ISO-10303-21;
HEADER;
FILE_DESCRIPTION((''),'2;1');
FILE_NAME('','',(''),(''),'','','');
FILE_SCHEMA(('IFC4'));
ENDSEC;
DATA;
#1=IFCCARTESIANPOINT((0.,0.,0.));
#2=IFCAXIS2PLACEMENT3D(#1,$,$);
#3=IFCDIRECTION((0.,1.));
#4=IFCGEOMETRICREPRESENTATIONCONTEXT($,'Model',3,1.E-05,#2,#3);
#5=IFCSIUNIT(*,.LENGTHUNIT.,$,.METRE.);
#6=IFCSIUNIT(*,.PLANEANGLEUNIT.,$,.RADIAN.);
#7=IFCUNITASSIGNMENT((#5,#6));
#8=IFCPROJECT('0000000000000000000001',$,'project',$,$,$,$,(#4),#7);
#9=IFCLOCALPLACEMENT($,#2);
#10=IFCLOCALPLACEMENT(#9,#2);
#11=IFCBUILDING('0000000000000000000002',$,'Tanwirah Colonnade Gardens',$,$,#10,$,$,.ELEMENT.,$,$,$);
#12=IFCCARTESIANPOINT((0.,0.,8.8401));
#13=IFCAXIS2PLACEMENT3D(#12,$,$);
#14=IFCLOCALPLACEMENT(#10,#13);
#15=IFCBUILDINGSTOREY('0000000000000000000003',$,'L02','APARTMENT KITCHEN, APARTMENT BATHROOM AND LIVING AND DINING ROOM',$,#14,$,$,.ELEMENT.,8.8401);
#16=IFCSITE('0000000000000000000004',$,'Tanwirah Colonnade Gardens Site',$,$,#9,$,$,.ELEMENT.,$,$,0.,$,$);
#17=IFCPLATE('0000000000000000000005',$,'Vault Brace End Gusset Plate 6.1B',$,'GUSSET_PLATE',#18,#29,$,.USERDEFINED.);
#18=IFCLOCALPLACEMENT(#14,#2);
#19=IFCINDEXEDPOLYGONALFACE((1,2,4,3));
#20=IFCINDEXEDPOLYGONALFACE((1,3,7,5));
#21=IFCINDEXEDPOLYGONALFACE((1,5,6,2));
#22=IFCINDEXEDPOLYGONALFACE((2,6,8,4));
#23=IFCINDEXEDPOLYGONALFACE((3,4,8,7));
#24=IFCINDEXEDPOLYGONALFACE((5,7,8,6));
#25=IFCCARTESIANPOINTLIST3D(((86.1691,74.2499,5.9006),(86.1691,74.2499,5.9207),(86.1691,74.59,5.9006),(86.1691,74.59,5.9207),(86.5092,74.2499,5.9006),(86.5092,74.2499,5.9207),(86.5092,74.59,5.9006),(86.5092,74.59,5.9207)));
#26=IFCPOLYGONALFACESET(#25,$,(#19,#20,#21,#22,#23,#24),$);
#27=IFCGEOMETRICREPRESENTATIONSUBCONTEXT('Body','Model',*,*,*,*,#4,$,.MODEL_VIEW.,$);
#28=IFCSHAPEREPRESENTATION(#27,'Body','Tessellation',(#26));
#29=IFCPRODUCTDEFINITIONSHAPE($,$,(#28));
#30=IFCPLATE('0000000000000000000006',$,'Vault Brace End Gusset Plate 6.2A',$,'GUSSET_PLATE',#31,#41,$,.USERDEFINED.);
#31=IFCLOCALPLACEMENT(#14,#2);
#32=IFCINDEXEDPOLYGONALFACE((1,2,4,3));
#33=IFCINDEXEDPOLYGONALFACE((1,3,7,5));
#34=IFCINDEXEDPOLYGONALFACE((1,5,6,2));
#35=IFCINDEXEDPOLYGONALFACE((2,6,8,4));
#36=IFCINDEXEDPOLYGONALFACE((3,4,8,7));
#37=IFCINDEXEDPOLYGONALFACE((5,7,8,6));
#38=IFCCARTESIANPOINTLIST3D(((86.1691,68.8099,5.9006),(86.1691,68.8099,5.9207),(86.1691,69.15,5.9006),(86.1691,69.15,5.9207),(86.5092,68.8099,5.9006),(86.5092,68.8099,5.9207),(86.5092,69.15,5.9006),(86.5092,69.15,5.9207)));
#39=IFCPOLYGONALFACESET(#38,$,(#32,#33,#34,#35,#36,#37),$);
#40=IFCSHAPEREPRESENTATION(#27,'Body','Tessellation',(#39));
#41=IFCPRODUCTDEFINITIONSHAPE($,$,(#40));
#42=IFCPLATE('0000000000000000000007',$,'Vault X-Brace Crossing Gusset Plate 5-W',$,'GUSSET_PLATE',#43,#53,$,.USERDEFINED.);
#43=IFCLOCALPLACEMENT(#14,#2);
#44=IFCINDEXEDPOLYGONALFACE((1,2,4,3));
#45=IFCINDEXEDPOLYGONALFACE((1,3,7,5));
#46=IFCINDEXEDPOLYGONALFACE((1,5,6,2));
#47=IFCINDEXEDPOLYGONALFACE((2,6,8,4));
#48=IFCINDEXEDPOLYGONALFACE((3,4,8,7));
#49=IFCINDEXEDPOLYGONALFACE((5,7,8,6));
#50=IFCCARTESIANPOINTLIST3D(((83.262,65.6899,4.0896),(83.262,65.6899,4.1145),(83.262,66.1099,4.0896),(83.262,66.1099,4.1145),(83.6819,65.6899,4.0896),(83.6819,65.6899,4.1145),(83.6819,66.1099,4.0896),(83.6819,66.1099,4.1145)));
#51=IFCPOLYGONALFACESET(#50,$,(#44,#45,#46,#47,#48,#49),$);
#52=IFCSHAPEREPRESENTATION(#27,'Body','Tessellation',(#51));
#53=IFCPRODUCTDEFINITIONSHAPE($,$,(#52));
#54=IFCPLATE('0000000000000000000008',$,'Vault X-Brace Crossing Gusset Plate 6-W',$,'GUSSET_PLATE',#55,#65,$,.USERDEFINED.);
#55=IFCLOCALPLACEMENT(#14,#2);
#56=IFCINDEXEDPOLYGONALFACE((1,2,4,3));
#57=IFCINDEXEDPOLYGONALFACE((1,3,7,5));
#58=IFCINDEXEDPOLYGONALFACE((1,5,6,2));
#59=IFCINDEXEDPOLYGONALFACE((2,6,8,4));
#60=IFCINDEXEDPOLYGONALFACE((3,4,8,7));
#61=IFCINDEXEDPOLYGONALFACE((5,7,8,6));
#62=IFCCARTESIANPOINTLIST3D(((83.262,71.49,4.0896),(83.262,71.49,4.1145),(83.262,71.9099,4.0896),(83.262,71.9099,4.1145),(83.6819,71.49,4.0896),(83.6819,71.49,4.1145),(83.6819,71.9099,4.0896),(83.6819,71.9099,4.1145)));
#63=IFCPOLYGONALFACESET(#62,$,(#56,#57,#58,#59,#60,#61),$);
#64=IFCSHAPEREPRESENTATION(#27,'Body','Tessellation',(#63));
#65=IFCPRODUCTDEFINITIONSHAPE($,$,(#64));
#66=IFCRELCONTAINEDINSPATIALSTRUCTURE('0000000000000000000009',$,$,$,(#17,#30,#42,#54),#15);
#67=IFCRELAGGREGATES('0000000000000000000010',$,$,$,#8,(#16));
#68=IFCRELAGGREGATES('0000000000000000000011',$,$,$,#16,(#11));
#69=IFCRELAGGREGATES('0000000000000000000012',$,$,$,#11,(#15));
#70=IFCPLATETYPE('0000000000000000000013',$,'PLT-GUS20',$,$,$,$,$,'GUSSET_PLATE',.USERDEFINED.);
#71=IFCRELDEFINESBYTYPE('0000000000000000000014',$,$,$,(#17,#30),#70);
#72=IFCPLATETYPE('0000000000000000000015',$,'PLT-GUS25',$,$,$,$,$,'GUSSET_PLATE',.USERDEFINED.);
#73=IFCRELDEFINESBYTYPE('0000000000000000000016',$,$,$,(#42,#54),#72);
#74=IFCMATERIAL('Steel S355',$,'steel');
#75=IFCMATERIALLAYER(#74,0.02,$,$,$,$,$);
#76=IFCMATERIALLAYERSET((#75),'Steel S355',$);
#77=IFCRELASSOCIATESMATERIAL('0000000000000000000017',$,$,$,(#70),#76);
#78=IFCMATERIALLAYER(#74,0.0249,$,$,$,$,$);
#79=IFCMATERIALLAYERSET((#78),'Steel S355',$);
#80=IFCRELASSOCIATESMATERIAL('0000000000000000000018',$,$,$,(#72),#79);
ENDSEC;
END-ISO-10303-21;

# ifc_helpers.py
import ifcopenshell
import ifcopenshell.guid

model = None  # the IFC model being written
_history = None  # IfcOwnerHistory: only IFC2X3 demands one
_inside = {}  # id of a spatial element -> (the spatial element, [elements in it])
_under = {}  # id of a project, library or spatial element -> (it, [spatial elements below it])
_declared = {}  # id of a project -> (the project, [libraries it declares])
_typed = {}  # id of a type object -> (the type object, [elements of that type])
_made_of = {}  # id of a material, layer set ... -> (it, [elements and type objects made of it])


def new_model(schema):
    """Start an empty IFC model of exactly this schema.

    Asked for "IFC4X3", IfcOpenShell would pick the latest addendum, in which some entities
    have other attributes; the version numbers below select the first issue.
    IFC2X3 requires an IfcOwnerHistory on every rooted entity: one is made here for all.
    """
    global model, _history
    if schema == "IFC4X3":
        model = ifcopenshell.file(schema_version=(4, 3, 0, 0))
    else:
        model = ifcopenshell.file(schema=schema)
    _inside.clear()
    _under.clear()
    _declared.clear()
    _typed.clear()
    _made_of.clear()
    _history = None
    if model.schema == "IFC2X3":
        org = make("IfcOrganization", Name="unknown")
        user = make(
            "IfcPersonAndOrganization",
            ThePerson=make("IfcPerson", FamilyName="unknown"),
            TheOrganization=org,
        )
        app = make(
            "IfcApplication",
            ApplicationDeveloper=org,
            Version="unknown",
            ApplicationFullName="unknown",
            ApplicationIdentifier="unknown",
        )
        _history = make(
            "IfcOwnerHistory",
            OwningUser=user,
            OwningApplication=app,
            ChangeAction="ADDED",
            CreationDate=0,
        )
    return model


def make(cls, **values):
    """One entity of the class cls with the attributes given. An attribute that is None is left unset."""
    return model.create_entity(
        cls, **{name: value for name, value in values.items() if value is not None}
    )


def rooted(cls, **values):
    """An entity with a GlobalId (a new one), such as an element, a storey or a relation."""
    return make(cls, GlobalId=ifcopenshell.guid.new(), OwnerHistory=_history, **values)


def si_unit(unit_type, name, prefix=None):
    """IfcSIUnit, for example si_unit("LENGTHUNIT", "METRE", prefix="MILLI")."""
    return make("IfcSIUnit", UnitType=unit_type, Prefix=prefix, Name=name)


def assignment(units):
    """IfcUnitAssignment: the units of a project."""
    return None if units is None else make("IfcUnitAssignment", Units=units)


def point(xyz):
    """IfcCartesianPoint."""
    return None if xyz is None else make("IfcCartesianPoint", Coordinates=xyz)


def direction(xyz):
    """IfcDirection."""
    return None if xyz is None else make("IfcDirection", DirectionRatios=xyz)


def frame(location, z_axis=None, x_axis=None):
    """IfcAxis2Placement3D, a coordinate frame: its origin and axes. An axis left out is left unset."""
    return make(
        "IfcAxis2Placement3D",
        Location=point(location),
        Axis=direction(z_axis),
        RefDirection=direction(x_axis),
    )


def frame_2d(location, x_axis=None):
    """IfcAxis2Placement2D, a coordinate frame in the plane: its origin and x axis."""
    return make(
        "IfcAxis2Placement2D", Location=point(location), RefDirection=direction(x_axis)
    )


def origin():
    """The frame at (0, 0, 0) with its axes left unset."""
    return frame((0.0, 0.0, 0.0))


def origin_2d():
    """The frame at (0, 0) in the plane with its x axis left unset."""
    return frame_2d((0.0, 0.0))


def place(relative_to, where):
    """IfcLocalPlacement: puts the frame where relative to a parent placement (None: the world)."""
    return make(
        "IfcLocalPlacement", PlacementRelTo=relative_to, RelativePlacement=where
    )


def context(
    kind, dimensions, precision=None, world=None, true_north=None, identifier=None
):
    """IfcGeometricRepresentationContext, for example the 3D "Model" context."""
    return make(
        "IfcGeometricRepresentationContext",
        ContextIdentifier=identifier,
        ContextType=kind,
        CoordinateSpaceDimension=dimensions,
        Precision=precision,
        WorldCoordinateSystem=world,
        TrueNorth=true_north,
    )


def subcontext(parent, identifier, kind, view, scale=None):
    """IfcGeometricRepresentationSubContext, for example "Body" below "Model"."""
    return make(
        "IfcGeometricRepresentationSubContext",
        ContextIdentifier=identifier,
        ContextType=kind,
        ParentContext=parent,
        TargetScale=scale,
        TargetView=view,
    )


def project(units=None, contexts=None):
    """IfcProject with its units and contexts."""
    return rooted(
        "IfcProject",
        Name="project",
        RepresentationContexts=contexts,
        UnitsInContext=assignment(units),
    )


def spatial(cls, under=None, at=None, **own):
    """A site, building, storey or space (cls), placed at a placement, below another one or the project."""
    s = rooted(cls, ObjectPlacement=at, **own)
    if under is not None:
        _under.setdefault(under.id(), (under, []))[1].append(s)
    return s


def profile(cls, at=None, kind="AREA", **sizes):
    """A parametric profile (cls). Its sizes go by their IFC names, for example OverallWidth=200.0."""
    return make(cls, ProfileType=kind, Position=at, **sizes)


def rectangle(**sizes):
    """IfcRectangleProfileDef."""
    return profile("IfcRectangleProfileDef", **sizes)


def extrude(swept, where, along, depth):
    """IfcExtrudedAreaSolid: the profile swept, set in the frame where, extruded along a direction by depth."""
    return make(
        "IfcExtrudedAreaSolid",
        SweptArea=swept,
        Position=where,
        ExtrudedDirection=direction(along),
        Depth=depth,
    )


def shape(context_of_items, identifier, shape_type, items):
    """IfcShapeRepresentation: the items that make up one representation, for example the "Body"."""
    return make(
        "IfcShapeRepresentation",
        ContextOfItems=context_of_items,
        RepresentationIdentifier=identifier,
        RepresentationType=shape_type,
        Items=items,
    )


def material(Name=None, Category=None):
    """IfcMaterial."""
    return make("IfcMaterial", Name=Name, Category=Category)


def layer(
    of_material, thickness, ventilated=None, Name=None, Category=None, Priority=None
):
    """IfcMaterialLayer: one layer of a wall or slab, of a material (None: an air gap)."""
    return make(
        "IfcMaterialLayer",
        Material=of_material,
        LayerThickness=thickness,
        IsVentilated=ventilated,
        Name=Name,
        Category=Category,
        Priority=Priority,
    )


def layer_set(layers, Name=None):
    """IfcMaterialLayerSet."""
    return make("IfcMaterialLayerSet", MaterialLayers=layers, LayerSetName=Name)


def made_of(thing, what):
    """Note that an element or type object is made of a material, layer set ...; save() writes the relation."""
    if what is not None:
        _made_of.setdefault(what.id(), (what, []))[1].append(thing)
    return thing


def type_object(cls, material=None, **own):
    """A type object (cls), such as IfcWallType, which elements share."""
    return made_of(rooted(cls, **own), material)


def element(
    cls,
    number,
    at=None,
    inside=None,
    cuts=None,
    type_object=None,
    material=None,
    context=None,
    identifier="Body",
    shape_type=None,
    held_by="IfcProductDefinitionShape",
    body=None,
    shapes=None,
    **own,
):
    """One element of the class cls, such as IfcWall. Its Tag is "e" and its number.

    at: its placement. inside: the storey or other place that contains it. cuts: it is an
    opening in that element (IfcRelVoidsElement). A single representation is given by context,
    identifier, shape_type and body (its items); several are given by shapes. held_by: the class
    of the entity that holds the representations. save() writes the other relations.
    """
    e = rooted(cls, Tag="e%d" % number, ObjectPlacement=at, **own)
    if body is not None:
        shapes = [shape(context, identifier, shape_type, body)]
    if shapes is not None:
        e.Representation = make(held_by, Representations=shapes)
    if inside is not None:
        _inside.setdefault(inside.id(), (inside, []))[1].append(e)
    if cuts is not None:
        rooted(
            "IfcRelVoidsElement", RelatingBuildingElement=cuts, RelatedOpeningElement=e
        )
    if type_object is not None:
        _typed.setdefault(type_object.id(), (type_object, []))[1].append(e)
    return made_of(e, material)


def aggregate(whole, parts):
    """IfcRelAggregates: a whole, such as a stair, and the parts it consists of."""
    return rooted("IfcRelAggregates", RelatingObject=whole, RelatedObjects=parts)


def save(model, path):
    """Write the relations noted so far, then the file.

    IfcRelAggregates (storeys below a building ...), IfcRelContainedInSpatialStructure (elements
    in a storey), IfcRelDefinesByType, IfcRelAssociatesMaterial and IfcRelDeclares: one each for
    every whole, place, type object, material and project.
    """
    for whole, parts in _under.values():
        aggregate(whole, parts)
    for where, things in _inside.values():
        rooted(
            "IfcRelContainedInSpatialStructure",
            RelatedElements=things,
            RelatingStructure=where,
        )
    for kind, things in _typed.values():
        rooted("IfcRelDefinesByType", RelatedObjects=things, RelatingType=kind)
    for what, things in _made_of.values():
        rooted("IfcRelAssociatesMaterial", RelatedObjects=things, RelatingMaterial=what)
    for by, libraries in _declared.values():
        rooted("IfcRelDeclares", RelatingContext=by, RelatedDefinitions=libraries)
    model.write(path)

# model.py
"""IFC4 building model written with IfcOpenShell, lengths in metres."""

from ifc_helpers import new_model, si_unit, direction, frame, origin, origin_2d, place, context, subcontext, project, spatial, rectangle, extrude, material, layer, layer_set, type_object, element, save


model = new_model("IFC4")

# Units and contexts
model_context = context("Model", 3, precision=1e-05, world=origin(), true_north=direction((0.0, 1.0)))
body_context = subcontext(model_context, "Body", "Model", "MODEL_VIEW")
ifc_project = project(units=[si_unit("LENGTHUNIT", "METRE"), si_unit("PLANEANGLEUNIT", "RADIAN")], contexts=[model_context])

# Site, building, storey
site_placement = place(None, origin())
site = spatial("IfcSite", under=ifc_project, at=site_placement, Name="Tanwirah Colonnade Gardens Site", CompositionType="ELEMENT", RefElevation=0.0)
building_placement = place(site_placement, origin())
building = spatial("IfcBuilding", under=site, at=building_placement, Name="Tanwirah Colonnade Gardens", CompositionType="ELEMENT")
storey_placement = place(building_placement, frame((0.0, 0.0, 8.8401)))
storey = spatial("IfcBuildingStorey", under=building, at=storey_placement, Name="L02", Description="APARTMENT KITCHEN, APARTMENT BATHROOM AND LIVING AND DINING ROOM", CompositionType="ELEMENT", Elevation=8.8401)

# Shared definitions
ifc_material_1 = material(Name="Steel S355", Category="steel")

# Plates
ifc_layer_1 = layer(ifc_material_1, 0.02)
ifc_layer_set_1 = layer_set([ifc_layer_1], Name="Steel S355")
plate_type_1 = type_object("IfcPlateType", Name="PLT-GUS20", ElementType="GUSSET_PLATE", PredefinedType="USERDEFINED", material=ifc_layer_set_1)
for number, where, z_axis, x_axis, name in (
    (1, (86.3391, 74.4199, 5.9006), (0.0, 0.0, 1.0), (1.0, 0.0, 0.0), "Vault Brace End Gusset Plate 6.1B"),
    (2, (86.3391, 68.98, 5.9006), (0.0, 0.0, 1.0), (1.0, 0.0, 0.0), "Vault Brace End Gusset Plate 6.2A"),
):
    element("IfcPlate", number, at=place(storey_placement, frame(where, z_axis=z_axis, x_axis=x_axis)), inside=storey, type_object=plate_type_1, Name=name, ObjectType="GUSSET_PLATE", PredefinedType="USERDEFINED", context=body_context, shape_type="SweptSolid", body=[
        extrude(rectangle(XDim=0.3401, YDim=0.3401, at=origin_2d()), origin(), (0.0, 0.0, 1.0), 0.02),
    ])
ifc_layer_2 = layer(ifc_material_1, 0.0249)
ifc_layer_set_2 = layer_set([ifc_layer_2], Name="Steel S355")
plate_type_2 = type_object("IfcPlateType", Name="PLT-GUS25", ElementType="GUSSET_PLATE", PredefinedType="USERDEFINED", material=ifc_layer_set_2)
for number, where, z_axis, x_axis, name in (
    (3, (83.4719, 65.8999, 4.0896), (0.0, 0.0, 1.0), (1.0, 0.0, 0.0), "Vault X-Brace Crossing Gusset Plate 5-W"),
    (4, (83.4719, 71.7, 4.0896), (0.0, 0.0, 1.0), (1.0, 0.0, 0.0), "Vault X-Brace Crossing Gusset Plate 6-W"),
):
    element("IfcPlate", number, at=place(storey_placement, frame(where, z_axis=z_axis, x_axis=x_axis)), inside=storey, type_object=plate_type_2, Name=name, ObjectType="GUSSET_PLATE", PredefinedType="USERDEFINED", context=body_context, shape_type="SweptSolid", body=[
        extrude(rectangle(XDim=0.4199, YDim=0.4199, at=origin_2d()), origin(), (0.0, 0.0, 1.0), 0.0249),
    ])

save(model, "model.ifc")
